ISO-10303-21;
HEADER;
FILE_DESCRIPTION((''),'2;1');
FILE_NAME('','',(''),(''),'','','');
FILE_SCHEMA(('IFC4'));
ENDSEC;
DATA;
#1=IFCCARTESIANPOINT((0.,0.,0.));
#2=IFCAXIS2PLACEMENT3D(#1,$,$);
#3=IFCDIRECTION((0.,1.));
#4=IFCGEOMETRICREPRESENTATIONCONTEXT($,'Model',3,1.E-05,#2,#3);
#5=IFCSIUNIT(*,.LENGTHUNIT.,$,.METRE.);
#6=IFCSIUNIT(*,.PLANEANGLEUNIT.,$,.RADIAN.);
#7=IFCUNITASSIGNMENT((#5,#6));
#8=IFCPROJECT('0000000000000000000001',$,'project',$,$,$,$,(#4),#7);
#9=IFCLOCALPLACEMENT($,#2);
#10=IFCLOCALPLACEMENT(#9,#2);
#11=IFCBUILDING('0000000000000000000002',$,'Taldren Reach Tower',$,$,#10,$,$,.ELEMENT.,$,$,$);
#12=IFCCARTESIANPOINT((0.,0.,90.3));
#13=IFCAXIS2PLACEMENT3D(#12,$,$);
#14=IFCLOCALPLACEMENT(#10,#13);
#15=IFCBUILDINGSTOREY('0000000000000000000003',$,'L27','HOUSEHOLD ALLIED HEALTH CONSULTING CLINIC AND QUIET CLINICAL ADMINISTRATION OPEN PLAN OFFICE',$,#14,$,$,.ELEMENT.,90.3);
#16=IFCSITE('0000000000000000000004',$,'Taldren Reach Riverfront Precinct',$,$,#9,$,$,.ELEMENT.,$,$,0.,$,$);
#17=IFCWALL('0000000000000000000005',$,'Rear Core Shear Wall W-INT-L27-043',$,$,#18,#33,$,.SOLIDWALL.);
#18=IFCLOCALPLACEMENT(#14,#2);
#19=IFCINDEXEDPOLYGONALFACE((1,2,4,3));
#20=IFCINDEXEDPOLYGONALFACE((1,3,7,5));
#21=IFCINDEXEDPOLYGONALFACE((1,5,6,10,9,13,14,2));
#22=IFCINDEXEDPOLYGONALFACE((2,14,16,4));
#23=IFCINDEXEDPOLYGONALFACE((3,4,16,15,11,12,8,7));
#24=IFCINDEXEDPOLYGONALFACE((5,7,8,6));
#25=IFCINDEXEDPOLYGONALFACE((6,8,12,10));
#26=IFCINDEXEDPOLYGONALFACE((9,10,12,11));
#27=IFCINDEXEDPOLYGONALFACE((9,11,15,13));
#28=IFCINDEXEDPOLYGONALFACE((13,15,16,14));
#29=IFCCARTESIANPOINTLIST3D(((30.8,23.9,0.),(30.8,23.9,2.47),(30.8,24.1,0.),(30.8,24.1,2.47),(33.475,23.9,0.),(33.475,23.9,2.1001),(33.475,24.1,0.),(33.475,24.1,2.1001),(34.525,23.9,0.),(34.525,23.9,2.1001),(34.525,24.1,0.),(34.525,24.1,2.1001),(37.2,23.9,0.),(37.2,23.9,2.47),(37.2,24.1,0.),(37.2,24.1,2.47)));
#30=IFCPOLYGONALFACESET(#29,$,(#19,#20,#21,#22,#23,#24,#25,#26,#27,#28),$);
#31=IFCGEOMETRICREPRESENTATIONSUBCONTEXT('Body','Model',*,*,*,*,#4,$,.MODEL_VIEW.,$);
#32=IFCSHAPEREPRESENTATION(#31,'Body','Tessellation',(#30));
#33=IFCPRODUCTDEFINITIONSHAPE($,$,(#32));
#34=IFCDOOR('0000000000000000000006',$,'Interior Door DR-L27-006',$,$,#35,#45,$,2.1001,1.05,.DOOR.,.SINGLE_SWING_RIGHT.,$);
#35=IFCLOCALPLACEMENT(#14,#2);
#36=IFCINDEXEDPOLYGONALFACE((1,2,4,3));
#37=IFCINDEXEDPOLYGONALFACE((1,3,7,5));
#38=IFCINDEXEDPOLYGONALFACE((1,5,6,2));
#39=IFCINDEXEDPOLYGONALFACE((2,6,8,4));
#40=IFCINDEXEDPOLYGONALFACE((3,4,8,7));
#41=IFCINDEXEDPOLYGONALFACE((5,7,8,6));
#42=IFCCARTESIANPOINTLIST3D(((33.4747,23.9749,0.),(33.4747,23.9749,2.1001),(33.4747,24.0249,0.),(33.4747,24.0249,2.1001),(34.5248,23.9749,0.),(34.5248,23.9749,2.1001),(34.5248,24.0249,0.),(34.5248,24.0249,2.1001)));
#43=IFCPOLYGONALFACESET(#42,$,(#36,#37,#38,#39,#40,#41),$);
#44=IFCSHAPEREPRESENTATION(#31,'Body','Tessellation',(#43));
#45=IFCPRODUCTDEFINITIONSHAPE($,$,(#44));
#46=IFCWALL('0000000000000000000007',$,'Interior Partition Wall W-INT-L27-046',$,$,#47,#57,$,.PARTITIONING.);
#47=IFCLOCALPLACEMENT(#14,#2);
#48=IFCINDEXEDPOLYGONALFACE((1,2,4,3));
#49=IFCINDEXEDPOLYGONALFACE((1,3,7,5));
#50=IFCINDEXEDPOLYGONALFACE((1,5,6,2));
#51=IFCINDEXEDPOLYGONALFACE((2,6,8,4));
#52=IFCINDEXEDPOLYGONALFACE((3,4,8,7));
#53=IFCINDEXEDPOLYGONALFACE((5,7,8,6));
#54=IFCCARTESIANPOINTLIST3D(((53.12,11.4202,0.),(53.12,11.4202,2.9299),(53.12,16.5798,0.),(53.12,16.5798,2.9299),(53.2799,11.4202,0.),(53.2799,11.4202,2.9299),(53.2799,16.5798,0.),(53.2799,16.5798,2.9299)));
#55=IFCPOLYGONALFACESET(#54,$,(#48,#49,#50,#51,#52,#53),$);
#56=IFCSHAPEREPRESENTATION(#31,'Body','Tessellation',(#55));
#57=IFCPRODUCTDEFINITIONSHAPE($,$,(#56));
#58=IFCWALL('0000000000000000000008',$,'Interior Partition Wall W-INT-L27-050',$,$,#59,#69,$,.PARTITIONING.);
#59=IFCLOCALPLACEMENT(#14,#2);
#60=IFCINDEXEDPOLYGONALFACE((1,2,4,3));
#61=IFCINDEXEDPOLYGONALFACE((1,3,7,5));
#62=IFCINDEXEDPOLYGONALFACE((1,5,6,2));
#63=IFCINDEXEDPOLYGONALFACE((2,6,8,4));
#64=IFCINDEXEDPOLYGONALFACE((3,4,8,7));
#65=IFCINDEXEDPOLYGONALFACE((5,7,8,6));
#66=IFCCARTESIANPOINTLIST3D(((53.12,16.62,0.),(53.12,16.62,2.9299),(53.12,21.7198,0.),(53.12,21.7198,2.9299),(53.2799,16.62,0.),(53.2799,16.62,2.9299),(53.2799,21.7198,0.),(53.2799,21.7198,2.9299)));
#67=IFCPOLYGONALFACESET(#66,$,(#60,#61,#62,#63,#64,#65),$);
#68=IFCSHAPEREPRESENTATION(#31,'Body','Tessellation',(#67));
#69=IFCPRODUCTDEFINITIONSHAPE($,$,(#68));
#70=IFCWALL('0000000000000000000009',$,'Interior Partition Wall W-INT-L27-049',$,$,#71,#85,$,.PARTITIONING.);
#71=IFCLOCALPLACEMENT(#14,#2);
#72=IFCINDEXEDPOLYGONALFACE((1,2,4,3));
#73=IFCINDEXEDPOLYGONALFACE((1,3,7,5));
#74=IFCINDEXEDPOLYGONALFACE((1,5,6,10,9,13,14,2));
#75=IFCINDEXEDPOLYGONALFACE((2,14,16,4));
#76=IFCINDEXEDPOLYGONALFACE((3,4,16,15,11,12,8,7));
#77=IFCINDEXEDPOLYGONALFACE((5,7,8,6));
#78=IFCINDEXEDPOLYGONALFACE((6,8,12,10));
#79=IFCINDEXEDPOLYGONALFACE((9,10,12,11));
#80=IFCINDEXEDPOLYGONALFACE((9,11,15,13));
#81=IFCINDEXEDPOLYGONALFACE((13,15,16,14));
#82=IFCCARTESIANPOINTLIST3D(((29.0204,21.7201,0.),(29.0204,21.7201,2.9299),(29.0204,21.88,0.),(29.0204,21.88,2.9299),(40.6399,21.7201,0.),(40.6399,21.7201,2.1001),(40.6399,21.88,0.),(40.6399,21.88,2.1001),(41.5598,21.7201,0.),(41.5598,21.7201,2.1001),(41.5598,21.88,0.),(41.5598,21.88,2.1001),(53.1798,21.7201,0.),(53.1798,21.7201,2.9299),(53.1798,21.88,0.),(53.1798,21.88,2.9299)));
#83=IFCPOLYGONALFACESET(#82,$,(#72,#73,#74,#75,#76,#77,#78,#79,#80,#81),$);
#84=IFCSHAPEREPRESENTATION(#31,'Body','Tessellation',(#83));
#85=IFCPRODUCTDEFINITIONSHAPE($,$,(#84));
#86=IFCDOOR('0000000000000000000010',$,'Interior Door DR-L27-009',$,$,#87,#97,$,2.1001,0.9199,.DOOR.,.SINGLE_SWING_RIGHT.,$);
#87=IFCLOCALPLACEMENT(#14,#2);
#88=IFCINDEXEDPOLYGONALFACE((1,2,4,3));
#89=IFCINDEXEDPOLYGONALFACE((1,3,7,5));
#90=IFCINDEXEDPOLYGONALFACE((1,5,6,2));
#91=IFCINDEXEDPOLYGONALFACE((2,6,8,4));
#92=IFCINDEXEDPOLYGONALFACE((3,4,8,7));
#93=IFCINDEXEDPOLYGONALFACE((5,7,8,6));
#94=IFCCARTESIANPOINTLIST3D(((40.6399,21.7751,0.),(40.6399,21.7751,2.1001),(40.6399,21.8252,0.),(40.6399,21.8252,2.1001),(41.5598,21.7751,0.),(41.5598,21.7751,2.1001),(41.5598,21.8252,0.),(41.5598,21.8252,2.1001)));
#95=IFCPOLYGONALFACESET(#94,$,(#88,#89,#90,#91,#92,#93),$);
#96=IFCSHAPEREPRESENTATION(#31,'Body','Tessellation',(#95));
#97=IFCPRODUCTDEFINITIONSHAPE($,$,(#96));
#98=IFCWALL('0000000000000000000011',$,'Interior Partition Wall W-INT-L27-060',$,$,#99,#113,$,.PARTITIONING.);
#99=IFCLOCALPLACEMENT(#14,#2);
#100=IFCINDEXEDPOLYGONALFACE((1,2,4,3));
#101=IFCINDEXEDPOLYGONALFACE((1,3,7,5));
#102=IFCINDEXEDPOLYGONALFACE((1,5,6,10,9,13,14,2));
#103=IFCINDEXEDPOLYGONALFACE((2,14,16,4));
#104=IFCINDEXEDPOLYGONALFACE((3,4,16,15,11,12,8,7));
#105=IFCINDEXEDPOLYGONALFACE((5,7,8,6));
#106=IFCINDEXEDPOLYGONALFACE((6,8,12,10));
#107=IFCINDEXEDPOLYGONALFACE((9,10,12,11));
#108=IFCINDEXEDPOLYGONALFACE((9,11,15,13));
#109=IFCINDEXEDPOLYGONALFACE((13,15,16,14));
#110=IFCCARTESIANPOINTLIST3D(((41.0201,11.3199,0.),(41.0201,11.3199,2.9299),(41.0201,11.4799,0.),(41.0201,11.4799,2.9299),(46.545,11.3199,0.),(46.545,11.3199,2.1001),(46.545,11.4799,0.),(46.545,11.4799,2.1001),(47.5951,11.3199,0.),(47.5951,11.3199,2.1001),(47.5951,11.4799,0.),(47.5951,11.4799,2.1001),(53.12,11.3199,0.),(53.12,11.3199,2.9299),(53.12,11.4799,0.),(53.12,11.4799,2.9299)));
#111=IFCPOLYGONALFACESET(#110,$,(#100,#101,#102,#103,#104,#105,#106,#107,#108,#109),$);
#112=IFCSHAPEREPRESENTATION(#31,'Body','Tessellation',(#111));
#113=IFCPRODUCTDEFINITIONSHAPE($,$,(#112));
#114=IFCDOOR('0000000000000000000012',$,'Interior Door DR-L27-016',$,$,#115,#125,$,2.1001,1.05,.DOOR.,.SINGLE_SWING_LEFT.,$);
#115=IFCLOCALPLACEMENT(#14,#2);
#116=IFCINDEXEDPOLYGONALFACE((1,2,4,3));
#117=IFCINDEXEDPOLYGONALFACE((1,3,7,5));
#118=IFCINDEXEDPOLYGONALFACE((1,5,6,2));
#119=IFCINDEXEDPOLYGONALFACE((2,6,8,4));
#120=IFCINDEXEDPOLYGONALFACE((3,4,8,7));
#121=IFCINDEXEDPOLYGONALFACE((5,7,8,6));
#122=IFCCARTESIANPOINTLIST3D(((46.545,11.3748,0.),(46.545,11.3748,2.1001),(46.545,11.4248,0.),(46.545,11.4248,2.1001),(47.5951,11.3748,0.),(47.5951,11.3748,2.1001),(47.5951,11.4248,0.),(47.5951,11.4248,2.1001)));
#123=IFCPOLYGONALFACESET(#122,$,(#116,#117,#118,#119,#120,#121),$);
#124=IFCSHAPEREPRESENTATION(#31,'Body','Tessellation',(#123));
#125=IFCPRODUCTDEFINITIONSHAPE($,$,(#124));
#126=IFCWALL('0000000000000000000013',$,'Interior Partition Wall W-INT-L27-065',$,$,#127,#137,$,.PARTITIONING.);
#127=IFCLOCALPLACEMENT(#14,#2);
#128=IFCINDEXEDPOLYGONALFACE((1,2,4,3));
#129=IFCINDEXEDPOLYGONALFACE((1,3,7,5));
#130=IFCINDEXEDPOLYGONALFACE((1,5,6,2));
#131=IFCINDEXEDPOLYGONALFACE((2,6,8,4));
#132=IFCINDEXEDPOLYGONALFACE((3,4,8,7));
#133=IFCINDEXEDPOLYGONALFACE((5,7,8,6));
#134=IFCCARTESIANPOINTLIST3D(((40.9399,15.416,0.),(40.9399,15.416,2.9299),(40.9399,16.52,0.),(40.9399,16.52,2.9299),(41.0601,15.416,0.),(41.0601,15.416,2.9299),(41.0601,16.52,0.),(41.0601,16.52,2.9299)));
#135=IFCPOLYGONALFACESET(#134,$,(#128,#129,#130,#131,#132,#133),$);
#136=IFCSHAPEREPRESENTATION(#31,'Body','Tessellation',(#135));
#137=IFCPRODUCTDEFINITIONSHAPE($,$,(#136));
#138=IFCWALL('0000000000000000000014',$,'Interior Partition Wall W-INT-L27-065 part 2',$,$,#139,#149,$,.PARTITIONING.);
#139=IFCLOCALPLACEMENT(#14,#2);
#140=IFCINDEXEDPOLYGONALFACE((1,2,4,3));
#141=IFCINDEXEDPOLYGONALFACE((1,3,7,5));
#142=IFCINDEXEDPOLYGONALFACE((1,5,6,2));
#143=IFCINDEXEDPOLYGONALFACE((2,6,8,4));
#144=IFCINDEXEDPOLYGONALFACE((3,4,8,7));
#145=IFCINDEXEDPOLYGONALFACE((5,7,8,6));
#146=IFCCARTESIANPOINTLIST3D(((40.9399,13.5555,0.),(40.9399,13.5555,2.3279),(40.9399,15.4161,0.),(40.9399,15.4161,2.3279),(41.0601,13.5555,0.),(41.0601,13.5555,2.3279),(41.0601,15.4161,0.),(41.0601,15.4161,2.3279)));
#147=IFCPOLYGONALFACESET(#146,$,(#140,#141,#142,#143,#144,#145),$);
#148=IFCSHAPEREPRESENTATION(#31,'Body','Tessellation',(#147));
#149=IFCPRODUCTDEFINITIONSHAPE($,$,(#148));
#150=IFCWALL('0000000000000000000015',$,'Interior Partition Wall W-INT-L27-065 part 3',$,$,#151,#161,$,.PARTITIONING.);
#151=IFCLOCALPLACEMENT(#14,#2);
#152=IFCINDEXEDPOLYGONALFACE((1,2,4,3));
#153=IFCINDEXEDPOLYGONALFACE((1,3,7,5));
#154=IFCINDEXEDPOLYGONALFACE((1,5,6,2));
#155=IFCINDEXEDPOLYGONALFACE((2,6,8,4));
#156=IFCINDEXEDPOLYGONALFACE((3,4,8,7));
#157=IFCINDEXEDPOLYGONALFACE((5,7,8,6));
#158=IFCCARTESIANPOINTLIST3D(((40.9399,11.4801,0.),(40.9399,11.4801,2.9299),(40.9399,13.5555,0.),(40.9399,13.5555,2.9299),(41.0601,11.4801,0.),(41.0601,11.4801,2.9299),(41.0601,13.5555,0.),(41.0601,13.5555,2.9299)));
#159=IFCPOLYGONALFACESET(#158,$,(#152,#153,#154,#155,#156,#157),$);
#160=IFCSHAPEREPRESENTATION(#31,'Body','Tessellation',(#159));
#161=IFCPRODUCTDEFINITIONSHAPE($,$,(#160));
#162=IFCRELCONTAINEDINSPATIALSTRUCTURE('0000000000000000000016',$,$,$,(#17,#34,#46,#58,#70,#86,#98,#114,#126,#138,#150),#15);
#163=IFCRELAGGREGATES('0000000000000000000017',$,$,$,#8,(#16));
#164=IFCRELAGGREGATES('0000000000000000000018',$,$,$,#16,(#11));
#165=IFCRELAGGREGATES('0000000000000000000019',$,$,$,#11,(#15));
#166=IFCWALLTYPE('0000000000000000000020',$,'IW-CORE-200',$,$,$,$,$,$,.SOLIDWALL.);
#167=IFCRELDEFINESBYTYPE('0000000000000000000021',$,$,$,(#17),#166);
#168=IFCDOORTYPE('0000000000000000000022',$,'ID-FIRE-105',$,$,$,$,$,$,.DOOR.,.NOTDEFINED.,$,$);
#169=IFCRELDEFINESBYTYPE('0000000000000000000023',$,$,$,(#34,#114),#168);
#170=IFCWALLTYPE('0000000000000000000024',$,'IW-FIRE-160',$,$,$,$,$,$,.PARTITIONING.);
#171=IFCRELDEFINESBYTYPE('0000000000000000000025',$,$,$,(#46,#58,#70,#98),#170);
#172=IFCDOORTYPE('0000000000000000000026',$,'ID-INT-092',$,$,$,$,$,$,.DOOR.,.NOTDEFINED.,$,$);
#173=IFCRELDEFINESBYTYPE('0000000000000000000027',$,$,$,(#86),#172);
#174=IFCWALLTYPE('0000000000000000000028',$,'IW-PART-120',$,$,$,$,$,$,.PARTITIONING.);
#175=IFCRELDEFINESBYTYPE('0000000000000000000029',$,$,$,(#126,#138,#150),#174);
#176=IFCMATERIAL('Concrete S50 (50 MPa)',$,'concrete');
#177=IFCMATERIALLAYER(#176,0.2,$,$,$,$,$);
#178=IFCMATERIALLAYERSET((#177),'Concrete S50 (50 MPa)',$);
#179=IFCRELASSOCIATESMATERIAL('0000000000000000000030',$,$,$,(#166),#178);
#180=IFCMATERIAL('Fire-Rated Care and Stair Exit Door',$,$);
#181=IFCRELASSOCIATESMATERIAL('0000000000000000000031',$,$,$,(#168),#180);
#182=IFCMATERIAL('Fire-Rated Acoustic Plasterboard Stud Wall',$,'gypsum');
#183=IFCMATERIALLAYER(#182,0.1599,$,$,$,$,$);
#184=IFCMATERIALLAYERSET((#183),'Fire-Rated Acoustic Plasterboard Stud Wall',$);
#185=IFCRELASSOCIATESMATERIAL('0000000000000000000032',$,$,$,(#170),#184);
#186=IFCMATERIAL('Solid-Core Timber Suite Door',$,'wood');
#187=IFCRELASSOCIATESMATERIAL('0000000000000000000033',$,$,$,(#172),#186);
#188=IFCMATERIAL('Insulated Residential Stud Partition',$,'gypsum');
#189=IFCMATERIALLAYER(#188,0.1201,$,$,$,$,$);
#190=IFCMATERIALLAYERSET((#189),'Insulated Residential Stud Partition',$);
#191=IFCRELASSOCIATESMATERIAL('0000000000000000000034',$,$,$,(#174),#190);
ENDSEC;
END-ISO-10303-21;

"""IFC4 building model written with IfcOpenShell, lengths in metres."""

from ifc_helpers import new_model, si_unit, direction, frame, frame_2d, origin, place, context, subcontext, project, spatial, rectangle, extrude, source, transform, mapped, material, layer, layer_set, type_object, element, fill, save


model = new_model("IFC4")

# Units and contexts
model_context = context("Model", 3, precision=1e-05, world=origin(), true_north=direction((0.0, 1.0)))
body_context = subcontext(model_context, "Body", "Model", "MODEL_VIEW")
ifc_project = project(units=[si_unit("LENGTHUNIT", "METRE"), si_unit("PLANEANGLEUNIT", "RADIAN")], contexts=[model_context])

# Site, building, storey
site_placement = place(None, origin())
site = spatial("IfcSite", under=ifc_project, at=site_placement, Name="Taldren Reach Riverfront Precinct", CompositionType="ELEMENT", RefElevation=0.0)
building_placement = place(site_placement, origin())
building = spatial("IfcBuilding", under=site, at=building_placement, Name="Taldren Reach Tower", CompositionType="ELEMENT")
storey_placement = place(building_placement, frame((0.0, 0.0, 90.3)))
storey = spatial("IfcBuildingStorey", under=building, at=storey_placement, Name="L27", Description="HOUSEHOLD ALLIED HEALTH CONSULTING CLINIC AND QUIET CLINICAL ADMINISTRATION OPEN PLAN OFFICE", CompositionType="ELEMENT", Elevation=90.3)

# Wall, opening, door
ifc_material_1 = material(Name="Concrete S50 (50 MPa)", Category="concrete")
ifc_layer_1 = layer(ifc_material_1, 0.2)
ifc_layer_set_1 = layer_set([ifc_layer_1], Name="Concrete S50 (50 MPa)")
wall_type_1 = type_object("IfcWallType", Name="IW-CORE-200", PredefinedType="SOLIDWALL", material=ifc_layer_set_1)
shared_shape_1 = source(origin(), body_context, "Body", "SweptSolid", [
    extrude(rectangle(XDim=6.3999, YDim=0.2, at=frame_2d((3.2, 0.0))), origin(), (0.0, 0.0, 1.0), 2.47),
])
wall_1_placement = place(storey_placement, frame((37.2, 24.0, 0.0), z_axis=(0.0, 0.0, 1.0), x_axis=(-1.0, 0.0, 0.0)))
wall_1 = element("IfcWall", 1, at=wall_1_placement, inside=storey, type_object=wall_type_1, Name="Rear Core Shear Wall W-INT-L27-043", PredefinedType="SOLIDWALL", context=body_context, shape_type="MappedRepresentation", body=[
    mapped(shared_shape_1, transform((0.0, 0.0, 0.0), scale=1.0)),
])
shared_shape_2 = source(origin(), body_context, "Body", "SweptSolid", [
    extrude(rectangle(XDim=1.05, YDim=2.1001, at=frame_2d((0.5249, 1.05))), frame((0.0, 0.1099, 0.0), z_axis=(0.0, -1.0, 0.0), x_axis=(1.0, 0.0, 0.0)), (0.0, 0.0, 1.0), 0.22),
])
opening_1_placement = place(wall_1_placement, frame((2.675, 0.0, 0.0)))
opening_1 = element("IfcOpeningElement", 2, at=opening_1_placement, cuts=wall_1, PredefinedType="OPENING", context=body_context, shape_type="MappedRepresentation", body=[
    mapped(shared_shape_2, transform((0.0, 0.0, 0.0), scale=1.0)),
])
ifc_material_2 = material(Name="Fire-Rated Care and Stair Exit Door")
door_type_1 = type_object("IfcDoorType", Name="ID-FIRE-105", OperationType="NOTDEFINED", PredefinedType="DOOR", material=ifc_material_2)
shared_shape_3 = source(origin(), body_context, "Body", "SweptSolid", [
    extrude(rectangle(XDim=1.05, YDim=2.1001, at=frame_2d((0.5249, 1.05))), frame((0.0, 0.0249, 0.0), z_axis=(0.0, -1.0, 0.0), x_axis=(1.0, 0.0, 0.0)), (0.0, 0.0, 1.0), 0.05),
])
door_1_placement = place(opening_1_placement, frame((1.05, 0.0, 0.0), z_axis=(0.0, 0.0, 1.0), x_axis=(-1.0, 0.0, 0.0)))
door_1 = element("IfcDoor", 3, at=door_1_placement, inside=storey, type_object=door_type_1, Name="Interior Door DR-L27-006", OperationType="SINGLE_SWING_RIGHT", OverallHeight=2.1001, OverallWidth=1.05, PredefinedType="DOOR", context=body_context, shape_type="MappedRepresentation", body=[
    mapped(shared_shape_3, transform((0.0, 0.0, 0.0), scale=1.0)),
])
fill(opening_1, door_1)

# Walls
ifc_material_3 = material(Name="Fire-Rated Acoustic Plasterboard Stud Wall", Category="gypsum")
ifc_layer_2 = layer(ifc_material_3, 0.1599)
ifc_layer_set_2 = layer_set([ifc_layer_2], Name="Fire-Rated Acoustic Plasterboard Stud Wall")
wall_type_2 = type_object("IfcWallType", Name="IW-FIRE-160", PredefinedType="PARTITIONING", material=ifc_layer_set_2)
shared_shape_4 = source(origin(), body_context, "Body", "SweptSolid", [
    extrude(rectangle(XDim=5.1597, YDim=0.1599, at=frame_2d((2.5798, 0.0))), origin(), (0.0, 0.0, 1.0), 2.9299),
])
wall_2_placement = place(storey_placement, frame((53.2, 11.4202, 0.0), z_axis=(0.0, 0.0, 1.0), x_axis=(0.0, 1.0, 0.0)))
element("IfcWall", 4, at=wall_2_placement, inside=storey, type_object=wall_type_2, Name="Interior Partition Wall W-INT-L27-046", PredefinedType="PARTITIONING", context=body_context, shape_type="MappedRepresentation", body=[
    mapped(shared_shape_4, transform((0.0, 0.0, 0.0), scale=1.0)),
])
shared_shape_5 = source(origin(), body_context, "Body", "SweptSolid", [
    extrude(rectangle(XDim=5.0999, YDim=0.1599, at=frame_2d((2.5498, 0.0))), origin(), (0.0, 0.0, 1.0), 2.9299),
])
wall_3_placement = place(storey_placement, frame((53.2, 16.6201, 0.0), z_axis=(0.0, 0.0, 1.0), x_axis=(0.0, 1.0, 0.0)))
element("IfcWall", 5, at=wall_3_placement, inside=storey, type_object=wall_type_2, Name="Interior Partition Wall W-INT-L27-050", PredefinedType="PARTITIONING", context=body_context, shape_type="MappedRepresentation", body=[
    mapped(shared_shape_5, transform((0.0, 0.0, 0.0), scale=1.0)),
])

# Walls, openings, doors
shared_shape_6 = source(origin(), body_context, "Body", "SweptSolid", [
    extrude(rectangle(XDim=24.1594, YDim=0.1599, at=frame_2d((12.0796, 0.0))), origin(), (0.0, 0.0, 1.0), 2.9299),
])
wall_4_placement = place(storey_placement, frame((53.1797, 21.8, 0.0), z_axis=(0.0, 0.0, 1.0), x_axis=(-1.0, 0.0, 0.0)))
wall_4 = element("IfcWall", 6, at=wall_4_placement, inside=storey, type_object=wall_type_2, Name="Interior Partition Wall W-INT-L27-049", PredefinedType="PARTITIONING", context=body_context, shape_type="MappedRepresentation", body=[
    mapped(shared_shape_6, transform((0.0, 0.0, 0.0), scale=1.0)),
])
shared_shape_7 = source(origin(), body_context, "Body", "SweptSolid", [
    extrude(rectangle(XDim=0.9199, YDim=2.1001, at=frame_2d((0.46, 1.05))), frame((0.0, 0.0898, 0.0), z_axis=(0.0, -1.0, 0.0), x_axis=(1.0, 0.0, 0.0)), (0.0, 0.0, 1.0), 0.1799),
])
opening_2_placement = place(wall_4_placement, frame((11.6199, 0.0, 0.0)))
opening_2 = element("IfcOpeningElement", 7, at=opening_2_placement, cuts=wall_4, PredefinedType="OPENING", context=body_context, shape_type="MappedRepresentation", body=[
    mapped(shared_shape_7, transform((0.0, 0.0, 0.0), scale=1.0)),
])
ifc_material_4 = material(Name="Solid-Core Timber Suite Door", Category="wood")
door_type_2 = type_object("IfcDoorType", Name="ID-INT-092", OperationType="NOTDEFINED", PredefinedType="DOOR", material=ifc_material_4)
shared_shape_8 = source(origin(), body_context, "Body", "SweptSolid", [
    extrude(rectangle(XDim=0.9199, YDim=2.1001, at=frame_2d((0.46, 1.05))), frame((0.0, 0.0249, 0.0), z_axis=(0.0, -1.0, 0.0), x_axis=(1.0, 0.0, 0.0)), (0.0, 0.0, 1.0), 0.05),
])
door_2_placement = place(opening_2_placement, origin())
door_2 = element("IfcDoor", 8, at=door_2_placement, inside=storey, type_object=door_type_2, Name="Interior Door DR-L27-009", OperationType="SINGLE_SWING_RIGHT", OverallHeight=2.1001, OverallWidth=0.9199, PredefinedType="DOOR", context=body_context, shape_type="MappedRepresentation", body=[
    mapped(shared_shape_8, transform((0.0, 0.0, 0.0), scale=1.0)),
])
fill(opening_2, door_2)
shared_shape_9 = source(origin(), body_context, "Body", "SweptSolid", [
    extrude(rectangle(XDim=12.0999, YDim=0.1599, at=frame_2d((6.0498, 0.0))), origin(), (0.0, 0.0, 1.0), 2.9299),
])
wall_5_placement = place(storey_placement, frame((41.0203, 11.3999, 0.0), z_axis=(0.0, 0.0, 1.0), x_axis=(1.0, 0.0, 0.0)))
wall_5 = element("IfcWall", 9, at=wall_5_placement, inside=storey, type_object=wall_type_2, Name="Interior Partition Wall W-INT-L27-060", PredefinedType="PARTITIONING", context=body_context, shape_type="MappedRepresentation", body=[
    mapped(shared_shape_9, transform((0.0, 0.0, 0.0), scale=1.0)),
])
shared_shape_10 = source(origin(), body_context, "Body", "SweptSolid", [
    extrude(rectangle(XDim=1.05, YDim=2.1001, at=frame_2d((0.5249, 1.05))), frame((0.0, 0.0898, 0.0), z_axis=(0.0, -1.0, 0.0), x_axis=(1.0, 0.0, 0.0)), (0.0, 0.0, 1.0), 0.1799),
])
opening_3_placement = place(wall_5_placement, frame((5.5249, 0.0, 0.0)))
opening_3 = element("IfcOpeningElement", 10, at=opening_3_placement, cuts=wall_5, PredefinedType="OPENING", context=body_context, shape_type="MappedRepresentation", body=[
    mapped(shared_shape_10, transform((0.0, 0.0, 0.0), scale=1.0)),
])
door_3_placement = place(opening_3_placement, origin())
door_3 = element("IfcDoor", 11, at=door_3_placement, inside=storey, type_object=door_type_1, Name="Interior Door DR-L27-016", OperationType="SINGLE_SWING_LEFT", OverallHeight=2.1001, OverallWidth=1.05, PredefinedType="DOOR", context=body_context, shape_type="MappedRepresentation", body=[
    mapped(shared_shape_3, transform((0.0, 0.0, 0.0), scale=1.0)),
])
fill(opening_3, door_3)

# Walls
ifc_material_5 = material(Name="Insulated Residential Stud Partition", Category="gypsum")
ifc_layer_3 = layer(ifc_material_5, 0.1201)
ifc_layer_set_3 = layer_set([ifc_layer_3], Name="Insulated Residential Stud Partition")
wall_type_3 = type_object("IfcWallType", Name="IW-PART-120", PredefinedType="PARTITIONING", material=ifc_layer_set_3)
shared_shape_11 = source(origin(), body_context, "Body", "SweptSolid", [
    extrude(rectangle(XDim=1.104, YDim=0.1201, at=frame_2d((0.552, 0.0))), origin(), (0.0, 0.0, 1.0), 2.9299),
])
wall_6_placement = place(storey_placement, frame((41.0, 16.52, 0.0), z_axis=(0.0, 0.0, 1.0), x_axis=(0.0, -1.0, 0.0)))
element("IfcWall", 12, at=wall_6_placement, inside=storey, type_object=wall_type_3, Name="Interior Partition Wall W-INT-L27-065", PredefinedType="PARTITIONING", context=body_context, shape_type="MappedRepresentation", body=[
    mapped(shared_shape_11, transform((0.0, 0.0, 0.0), scale=1.0)),
])
shared_shape_12 = source(origin(), body_context, "Body", "SweptSolid", [
    extrude(rectangle(XDim=1.8606, YDim=0.1201, at=frame_2d((0.9302, 0.0))), origin(), (0.0, 0.0, 1.0), 2.3279),
])
wall_7_placement = place(storey_placement, frame((41.0, 15.416, 0.0), z_axis=(0.0, 0.0, 1.0), x_axis=(0.0, -1.0, 0.0)))
element("IfcWall", 13, at=wall_7_placement, inside=storey, type_object=wall_type_3, Name="Interior Partition Wall W-INT-L27-065 part 2", PredefinedType="PARTITIONING", context=body_context, shape_type="MappedRepresentation", body=[
    mapped(shared_shape_12, transform((0.0, 0.0, 0.0), scale=1.0)),
])
shared_shape_13 = source(origin(), body_context, "Body", "SweptSolid", [
    extrude(rectangle(XDim=2.0754, YDim=0.1201, at=frame_2d((1.0376, 0.0))), origin(), (0.0, 0.0, 1.0), 2.9299),
])
wall_8_placement = place(storey_placement, frame((41.0, 13.5554, 0.0), z_axis=(0.0, 0.0, 1.0), x_axis=(0.0, -1.0, 0.0)))
element("IfcWall", 14, at=wall_8_placement, inside=storey, type_object=wall_type_3, Name="Interior Partition Wall W-INT-L27-065 part 3", PredefinedType="PARTITIONING", context=body_context, shape_type="MappedRepresentation", body=[
    mapped(shared_shape_13, transform((0.0, 0.0, 0.0), scale=1.0)),
])

save(model, "model.ifc")
